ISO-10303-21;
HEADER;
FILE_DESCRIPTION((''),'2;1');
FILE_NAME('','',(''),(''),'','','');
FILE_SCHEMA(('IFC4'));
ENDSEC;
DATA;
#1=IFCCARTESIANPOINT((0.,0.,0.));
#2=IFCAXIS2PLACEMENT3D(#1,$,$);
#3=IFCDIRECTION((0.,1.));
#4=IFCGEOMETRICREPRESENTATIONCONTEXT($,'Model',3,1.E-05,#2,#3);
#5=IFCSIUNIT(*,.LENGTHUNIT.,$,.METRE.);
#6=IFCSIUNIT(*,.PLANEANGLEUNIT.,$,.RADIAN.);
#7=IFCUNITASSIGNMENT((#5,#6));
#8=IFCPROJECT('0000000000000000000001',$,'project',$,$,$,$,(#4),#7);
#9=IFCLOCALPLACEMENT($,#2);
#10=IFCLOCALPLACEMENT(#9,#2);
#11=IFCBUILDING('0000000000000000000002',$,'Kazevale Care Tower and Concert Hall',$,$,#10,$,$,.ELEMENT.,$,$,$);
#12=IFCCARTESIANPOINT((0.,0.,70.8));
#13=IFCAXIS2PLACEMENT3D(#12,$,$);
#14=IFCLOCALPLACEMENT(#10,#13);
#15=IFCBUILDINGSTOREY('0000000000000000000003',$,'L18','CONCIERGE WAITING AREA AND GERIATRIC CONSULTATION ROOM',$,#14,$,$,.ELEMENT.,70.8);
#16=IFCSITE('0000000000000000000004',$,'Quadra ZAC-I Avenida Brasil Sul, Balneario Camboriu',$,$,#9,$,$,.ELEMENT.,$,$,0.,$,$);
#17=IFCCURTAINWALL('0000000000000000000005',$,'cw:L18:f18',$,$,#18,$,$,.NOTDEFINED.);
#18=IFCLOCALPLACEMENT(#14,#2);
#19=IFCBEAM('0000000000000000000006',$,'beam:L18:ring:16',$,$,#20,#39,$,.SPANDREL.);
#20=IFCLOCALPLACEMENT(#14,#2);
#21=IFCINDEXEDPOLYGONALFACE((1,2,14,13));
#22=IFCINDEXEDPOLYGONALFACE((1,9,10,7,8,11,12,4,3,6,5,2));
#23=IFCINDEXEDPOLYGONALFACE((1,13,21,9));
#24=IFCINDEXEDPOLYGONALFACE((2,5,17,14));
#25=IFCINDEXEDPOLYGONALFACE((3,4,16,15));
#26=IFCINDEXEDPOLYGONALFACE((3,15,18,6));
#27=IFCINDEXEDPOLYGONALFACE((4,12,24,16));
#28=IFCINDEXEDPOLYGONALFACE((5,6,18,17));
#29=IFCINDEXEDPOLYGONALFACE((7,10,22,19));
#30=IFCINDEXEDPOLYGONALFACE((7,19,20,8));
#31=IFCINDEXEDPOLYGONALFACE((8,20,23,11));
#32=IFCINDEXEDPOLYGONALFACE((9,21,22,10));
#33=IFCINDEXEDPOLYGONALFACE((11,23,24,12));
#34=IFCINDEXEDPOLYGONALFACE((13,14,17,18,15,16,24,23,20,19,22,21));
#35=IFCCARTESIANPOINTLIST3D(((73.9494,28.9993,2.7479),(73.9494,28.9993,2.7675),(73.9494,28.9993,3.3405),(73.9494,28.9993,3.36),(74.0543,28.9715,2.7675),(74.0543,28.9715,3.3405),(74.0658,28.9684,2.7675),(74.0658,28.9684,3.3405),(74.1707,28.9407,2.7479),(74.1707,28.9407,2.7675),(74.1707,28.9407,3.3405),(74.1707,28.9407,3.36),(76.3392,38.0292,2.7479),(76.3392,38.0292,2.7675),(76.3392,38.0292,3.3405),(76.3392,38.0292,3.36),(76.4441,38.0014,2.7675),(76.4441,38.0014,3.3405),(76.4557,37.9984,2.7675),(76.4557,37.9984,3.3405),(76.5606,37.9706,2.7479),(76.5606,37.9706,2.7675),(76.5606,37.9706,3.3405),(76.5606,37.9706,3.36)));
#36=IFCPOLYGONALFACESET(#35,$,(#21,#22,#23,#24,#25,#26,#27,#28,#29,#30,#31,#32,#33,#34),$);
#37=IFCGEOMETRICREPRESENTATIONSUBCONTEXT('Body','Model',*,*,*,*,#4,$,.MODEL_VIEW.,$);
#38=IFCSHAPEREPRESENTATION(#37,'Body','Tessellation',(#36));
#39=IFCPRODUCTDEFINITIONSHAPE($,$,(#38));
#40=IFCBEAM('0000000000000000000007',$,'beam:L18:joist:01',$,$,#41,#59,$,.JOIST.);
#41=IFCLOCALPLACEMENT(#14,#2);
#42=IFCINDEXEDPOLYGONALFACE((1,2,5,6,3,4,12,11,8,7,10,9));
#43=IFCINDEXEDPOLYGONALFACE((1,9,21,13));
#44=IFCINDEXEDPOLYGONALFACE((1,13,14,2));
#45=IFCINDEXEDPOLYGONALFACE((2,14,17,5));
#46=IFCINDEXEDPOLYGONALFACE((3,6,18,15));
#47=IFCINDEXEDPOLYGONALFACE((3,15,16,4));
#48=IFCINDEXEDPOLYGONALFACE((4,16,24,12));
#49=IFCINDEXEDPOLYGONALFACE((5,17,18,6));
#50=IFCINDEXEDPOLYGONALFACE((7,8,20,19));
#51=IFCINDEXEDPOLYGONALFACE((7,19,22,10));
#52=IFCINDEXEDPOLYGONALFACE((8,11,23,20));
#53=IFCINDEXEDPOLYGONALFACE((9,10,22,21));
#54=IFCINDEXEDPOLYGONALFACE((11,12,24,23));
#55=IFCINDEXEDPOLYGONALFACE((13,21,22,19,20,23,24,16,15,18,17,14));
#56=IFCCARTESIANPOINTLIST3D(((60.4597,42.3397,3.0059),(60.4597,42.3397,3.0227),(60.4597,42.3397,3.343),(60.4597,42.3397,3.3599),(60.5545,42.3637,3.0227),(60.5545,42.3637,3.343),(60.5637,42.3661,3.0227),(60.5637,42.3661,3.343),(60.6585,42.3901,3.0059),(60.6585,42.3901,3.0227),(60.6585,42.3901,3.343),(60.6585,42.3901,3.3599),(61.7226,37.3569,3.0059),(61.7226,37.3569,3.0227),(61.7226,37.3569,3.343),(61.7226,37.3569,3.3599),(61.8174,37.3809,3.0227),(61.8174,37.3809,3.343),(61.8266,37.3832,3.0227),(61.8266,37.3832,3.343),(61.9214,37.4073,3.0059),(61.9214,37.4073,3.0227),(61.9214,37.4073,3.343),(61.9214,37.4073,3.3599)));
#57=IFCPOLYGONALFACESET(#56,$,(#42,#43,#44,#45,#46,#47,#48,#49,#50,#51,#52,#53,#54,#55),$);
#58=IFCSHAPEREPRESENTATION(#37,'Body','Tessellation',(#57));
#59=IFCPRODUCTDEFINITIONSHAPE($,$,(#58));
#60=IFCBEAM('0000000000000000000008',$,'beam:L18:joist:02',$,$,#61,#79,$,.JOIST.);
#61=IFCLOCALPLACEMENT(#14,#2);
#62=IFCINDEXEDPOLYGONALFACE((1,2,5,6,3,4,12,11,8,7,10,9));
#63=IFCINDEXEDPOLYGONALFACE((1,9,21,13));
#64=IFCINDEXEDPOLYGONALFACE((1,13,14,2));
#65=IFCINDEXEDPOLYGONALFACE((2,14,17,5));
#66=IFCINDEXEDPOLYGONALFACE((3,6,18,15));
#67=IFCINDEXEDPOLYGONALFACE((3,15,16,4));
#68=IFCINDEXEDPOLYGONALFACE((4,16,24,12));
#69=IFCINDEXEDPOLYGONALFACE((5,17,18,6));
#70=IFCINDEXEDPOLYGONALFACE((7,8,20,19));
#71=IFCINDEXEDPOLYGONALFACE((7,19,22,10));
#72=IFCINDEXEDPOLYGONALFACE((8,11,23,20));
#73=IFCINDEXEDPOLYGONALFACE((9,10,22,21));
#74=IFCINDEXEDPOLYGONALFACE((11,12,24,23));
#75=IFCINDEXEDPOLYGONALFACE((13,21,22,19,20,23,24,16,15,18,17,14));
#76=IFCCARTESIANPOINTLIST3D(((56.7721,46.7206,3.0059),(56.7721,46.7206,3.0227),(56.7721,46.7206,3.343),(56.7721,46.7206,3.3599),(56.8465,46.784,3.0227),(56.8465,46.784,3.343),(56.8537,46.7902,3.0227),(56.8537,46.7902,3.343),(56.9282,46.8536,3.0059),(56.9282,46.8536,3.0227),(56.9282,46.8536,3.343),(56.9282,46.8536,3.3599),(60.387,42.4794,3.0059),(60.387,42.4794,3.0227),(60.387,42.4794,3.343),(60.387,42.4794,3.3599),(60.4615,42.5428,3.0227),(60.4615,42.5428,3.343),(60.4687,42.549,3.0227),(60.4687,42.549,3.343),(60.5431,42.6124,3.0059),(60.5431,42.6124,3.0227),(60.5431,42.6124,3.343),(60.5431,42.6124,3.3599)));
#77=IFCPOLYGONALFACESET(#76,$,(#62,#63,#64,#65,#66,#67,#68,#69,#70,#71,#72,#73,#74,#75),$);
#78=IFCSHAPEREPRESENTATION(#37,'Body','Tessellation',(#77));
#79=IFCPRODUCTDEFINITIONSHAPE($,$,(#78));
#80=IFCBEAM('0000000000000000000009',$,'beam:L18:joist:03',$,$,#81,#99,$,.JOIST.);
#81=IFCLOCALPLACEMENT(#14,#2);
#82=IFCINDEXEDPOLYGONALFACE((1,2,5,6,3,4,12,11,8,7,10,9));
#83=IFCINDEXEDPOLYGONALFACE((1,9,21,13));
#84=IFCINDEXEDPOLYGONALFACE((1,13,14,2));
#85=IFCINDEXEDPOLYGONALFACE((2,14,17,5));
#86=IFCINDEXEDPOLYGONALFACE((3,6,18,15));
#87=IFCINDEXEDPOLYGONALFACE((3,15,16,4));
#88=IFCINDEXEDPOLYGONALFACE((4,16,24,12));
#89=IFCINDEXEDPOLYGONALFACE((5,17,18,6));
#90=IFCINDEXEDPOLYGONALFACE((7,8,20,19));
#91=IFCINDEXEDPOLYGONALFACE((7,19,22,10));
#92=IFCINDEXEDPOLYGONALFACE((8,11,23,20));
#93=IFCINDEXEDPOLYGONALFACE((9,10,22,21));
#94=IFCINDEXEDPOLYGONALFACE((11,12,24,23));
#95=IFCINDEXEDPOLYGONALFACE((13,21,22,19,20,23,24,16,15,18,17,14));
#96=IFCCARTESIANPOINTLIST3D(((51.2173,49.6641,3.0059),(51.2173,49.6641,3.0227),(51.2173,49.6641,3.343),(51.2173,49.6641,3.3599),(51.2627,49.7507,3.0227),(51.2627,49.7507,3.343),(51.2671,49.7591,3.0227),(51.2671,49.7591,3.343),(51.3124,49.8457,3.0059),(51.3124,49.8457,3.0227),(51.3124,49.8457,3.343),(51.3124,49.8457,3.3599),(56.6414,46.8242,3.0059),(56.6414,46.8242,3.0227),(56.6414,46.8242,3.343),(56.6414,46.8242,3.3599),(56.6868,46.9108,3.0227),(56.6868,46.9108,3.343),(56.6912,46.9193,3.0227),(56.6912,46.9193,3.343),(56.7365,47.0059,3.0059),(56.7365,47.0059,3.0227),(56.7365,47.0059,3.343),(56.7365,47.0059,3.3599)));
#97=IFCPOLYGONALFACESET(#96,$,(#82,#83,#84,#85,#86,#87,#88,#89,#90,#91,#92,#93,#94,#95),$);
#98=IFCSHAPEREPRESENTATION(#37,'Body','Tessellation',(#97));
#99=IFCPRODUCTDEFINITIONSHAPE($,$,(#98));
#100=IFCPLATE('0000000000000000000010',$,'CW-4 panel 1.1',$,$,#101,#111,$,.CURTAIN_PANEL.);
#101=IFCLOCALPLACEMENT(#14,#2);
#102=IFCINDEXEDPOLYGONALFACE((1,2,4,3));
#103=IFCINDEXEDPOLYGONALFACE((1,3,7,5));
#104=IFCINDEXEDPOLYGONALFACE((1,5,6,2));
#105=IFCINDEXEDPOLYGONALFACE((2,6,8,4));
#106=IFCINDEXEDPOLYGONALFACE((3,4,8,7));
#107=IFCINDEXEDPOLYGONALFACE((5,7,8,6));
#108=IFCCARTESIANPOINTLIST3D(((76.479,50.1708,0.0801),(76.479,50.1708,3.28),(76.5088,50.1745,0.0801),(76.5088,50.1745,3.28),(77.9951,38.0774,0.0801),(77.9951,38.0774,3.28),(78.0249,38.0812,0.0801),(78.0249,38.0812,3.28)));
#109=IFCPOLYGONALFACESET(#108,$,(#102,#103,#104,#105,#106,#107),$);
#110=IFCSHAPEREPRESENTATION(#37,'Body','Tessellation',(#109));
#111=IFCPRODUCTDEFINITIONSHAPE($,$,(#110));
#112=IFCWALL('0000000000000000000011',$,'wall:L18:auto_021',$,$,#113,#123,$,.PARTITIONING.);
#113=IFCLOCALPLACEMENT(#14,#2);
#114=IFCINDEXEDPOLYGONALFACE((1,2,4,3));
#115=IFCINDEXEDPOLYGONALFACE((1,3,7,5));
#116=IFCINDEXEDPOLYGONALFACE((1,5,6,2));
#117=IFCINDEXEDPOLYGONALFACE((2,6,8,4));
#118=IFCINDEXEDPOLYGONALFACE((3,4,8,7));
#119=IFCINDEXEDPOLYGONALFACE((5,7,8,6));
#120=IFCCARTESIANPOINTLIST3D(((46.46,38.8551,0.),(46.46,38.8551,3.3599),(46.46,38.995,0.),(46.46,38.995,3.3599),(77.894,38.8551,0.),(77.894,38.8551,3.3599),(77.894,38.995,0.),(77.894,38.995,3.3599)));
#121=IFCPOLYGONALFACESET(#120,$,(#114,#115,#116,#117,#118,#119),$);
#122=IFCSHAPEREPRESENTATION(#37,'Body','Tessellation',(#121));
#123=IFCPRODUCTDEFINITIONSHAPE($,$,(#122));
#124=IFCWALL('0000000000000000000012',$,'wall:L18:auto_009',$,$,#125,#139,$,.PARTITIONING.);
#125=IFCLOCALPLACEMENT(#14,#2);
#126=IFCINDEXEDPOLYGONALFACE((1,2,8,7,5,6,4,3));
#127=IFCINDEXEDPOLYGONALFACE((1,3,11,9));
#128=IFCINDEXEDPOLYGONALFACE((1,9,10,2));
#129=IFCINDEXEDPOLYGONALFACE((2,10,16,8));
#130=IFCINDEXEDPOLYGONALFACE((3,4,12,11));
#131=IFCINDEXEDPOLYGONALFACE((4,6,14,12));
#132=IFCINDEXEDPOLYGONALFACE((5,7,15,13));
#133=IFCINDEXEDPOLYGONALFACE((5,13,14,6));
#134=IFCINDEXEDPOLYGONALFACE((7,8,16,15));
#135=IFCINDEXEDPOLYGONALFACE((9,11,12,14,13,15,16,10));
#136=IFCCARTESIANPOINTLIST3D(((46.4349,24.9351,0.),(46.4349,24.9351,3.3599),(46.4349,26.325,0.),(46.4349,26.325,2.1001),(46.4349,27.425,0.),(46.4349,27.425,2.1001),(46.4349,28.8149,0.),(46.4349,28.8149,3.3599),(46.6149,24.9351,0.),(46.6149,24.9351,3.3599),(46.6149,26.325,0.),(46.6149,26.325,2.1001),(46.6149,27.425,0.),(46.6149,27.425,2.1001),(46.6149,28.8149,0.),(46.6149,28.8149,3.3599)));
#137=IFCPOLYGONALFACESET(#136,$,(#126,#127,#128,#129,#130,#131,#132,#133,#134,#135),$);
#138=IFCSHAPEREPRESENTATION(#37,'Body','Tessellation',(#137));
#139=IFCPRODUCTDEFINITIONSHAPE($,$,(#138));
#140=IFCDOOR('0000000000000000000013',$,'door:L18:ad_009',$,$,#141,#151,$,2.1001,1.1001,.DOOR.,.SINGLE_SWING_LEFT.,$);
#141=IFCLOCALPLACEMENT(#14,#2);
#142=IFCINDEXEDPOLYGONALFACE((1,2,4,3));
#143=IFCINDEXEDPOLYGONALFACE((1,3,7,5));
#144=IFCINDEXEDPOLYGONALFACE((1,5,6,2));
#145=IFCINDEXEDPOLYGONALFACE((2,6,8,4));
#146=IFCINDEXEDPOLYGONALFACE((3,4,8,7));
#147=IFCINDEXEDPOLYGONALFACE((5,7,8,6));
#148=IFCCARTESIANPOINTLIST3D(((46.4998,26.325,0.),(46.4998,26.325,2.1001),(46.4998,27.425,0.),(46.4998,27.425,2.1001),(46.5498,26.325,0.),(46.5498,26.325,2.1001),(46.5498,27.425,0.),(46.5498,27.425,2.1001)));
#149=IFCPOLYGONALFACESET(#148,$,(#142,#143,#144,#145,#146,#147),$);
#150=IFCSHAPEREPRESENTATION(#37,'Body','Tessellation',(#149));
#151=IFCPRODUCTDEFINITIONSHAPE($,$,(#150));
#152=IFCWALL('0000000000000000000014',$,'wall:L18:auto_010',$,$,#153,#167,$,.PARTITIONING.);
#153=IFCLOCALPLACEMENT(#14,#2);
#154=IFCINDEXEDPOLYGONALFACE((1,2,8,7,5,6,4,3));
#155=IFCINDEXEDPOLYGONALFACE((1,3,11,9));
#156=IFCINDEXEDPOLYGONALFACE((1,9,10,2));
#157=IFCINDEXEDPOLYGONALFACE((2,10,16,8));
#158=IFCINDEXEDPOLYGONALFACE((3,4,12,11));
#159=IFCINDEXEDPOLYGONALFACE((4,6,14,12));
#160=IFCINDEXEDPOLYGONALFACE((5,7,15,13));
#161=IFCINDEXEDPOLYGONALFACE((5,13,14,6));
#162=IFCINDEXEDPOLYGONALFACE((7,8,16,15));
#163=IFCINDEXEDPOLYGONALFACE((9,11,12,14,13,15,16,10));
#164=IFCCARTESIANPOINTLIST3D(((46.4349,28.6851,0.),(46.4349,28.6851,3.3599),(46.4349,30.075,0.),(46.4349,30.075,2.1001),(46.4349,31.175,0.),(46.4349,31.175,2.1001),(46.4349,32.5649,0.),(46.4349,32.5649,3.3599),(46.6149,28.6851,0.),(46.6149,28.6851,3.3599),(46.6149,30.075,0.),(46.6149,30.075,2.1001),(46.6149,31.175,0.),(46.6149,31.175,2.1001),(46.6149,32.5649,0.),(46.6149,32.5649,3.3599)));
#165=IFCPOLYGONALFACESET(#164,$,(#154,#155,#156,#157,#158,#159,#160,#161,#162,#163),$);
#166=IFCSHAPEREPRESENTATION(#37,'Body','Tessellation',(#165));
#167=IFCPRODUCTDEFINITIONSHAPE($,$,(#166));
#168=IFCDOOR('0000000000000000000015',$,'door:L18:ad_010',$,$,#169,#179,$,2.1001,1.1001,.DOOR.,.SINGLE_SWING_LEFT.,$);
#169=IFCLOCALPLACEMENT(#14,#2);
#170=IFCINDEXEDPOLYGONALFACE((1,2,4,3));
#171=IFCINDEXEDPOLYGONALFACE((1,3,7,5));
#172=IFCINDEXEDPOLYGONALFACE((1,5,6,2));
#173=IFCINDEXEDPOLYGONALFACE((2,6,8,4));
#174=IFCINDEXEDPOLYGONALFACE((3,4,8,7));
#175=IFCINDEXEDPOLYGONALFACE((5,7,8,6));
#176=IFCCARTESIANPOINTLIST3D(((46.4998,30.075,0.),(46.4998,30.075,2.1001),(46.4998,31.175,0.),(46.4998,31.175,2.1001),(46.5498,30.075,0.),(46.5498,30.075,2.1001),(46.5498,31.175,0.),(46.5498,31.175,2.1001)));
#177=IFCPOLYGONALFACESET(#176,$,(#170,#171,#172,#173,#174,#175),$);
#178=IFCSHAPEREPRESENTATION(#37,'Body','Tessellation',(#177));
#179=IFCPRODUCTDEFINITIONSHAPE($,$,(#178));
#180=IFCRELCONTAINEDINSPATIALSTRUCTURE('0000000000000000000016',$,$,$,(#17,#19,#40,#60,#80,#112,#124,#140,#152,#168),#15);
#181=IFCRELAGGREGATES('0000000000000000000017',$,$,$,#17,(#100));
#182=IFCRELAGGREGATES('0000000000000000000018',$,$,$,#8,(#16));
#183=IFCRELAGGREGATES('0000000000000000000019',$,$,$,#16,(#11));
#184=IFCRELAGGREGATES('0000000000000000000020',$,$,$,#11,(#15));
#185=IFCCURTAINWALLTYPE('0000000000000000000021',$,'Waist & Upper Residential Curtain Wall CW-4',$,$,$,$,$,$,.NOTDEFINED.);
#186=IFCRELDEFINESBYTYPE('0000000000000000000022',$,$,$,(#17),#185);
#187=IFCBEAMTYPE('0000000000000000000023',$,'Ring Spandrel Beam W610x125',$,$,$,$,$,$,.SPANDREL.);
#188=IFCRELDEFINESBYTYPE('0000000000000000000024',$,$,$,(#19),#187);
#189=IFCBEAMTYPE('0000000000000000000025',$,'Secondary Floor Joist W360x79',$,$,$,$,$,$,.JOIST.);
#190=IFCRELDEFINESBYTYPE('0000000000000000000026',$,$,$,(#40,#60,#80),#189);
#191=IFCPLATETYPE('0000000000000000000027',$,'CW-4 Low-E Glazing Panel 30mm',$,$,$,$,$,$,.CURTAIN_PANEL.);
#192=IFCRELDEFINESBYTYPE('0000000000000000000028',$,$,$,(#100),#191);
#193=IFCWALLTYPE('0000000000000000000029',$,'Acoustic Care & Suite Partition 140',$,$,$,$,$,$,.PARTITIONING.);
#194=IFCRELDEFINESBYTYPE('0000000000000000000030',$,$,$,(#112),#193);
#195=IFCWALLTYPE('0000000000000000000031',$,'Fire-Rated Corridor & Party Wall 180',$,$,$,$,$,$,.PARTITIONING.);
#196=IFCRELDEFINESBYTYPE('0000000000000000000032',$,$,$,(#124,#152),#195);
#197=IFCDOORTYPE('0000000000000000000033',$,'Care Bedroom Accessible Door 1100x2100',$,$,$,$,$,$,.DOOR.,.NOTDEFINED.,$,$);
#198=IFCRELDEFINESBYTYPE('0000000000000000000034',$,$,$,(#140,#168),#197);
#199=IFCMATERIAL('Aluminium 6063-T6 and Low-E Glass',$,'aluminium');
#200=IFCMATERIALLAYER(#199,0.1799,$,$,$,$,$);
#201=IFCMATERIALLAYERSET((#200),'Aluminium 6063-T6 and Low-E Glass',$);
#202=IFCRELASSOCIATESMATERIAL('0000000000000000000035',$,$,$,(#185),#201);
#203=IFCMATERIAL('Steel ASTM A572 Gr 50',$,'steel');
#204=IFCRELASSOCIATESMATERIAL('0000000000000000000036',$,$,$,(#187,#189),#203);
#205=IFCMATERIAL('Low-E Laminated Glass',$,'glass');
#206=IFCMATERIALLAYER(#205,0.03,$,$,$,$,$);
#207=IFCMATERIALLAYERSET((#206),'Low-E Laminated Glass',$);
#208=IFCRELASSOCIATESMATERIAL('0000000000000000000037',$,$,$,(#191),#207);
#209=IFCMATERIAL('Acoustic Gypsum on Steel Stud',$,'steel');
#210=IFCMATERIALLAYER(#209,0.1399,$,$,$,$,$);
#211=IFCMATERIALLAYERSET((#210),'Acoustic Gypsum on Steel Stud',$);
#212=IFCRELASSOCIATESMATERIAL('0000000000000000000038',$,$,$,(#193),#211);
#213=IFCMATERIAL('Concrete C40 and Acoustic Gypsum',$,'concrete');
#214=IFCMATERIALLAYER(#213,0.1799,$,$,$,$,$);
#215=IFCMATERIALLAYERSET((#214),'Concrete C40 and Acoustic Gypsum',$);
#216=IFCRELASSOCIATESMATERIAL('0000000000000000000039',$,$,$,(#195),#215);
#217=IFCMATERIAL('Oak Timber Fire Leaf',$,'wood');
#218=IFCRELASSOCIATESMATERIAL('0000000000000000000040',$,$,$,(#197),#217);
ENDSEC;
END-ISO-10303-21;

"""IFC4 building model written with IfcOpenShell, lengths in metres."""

from ifc_helpers import new_model, si_unit, direction, frame, frame_2d, origin, origin_2d, place, context, subcontext, project, spatial, rectangle, i_section, extrude, material, layer, layer_set, material_profile, profile_set, type_object, element, fill, aggregate, save


model = new_model("IFC4")

# Units and contexts
model_context = context("Model", 3, precision=1e-05, world=origin(), true_north=direction((0.0, 1.0)))
body_context = subcontext(model_context, "Body", "Model", "MODEL_VIEW")
ifc_project = project(units=[si_unit("LENGTHUNIT", "METRE"), si_unit("PLANEANGLEUNIT", "RADIAN")], contexts=[model_context])

# Site, building, storey
site_placement = place(None, origin())
site = spatial("IfcSite", under=ifc_project, at=site_placement, Name="Quadra ZAC-I Avenida Brasil Sul, Balneario Camboriu", CompositionType="ELEMENT", RefElevation=0.0)
building_placement = place(site_placement, origin())
building = spatial("IfcBuilding", under=site, at=building_placement, Name="Kazevale Care Tower and Concert Hall", CompositionType="ELEMENT")
storey_placement = place(building_placement, frame((0.0, 0.0, 70.8)))
storey = spatial("IfcBuildingStorey", under=building, at=storey_placement, Name="L18", Description="CONCIERGE WAITING AREA AND GERIATRIC CONSULTATION ROOM", CompositionType="ELEMENT", Elevation=70.8)

# Curtain wall
ifc_material_1 = material(Name="Aluminium 6063-T6 and Low-E Glass", Category="aluminium")
ifc_layer_1 = layer(ifc_material_1, 0.1799)
ifc_layer_set_1 = layer_set([ifc_layer_1], Name="Aluminium 6063-T6 and Low-E Glass")
curtain_wall_type = type_object("IfcCurtainWallType", Name="Waist & Upper Residential Curtain Wall CW-4", PredefinedType="NOTDEFINED", material=ifc_layer_set_1)
curtain_wall_placement = place(storey_placement, origin())
curtain_wall = element("IfcCurtainWall", 1, at=curtain_wall_placement, inside=storey, type_object=curtain_wall_type, Name="cw:L18:f18", PredefinedType="NOTDEFINED")

# Beams
ifc_material_2 = material(Name="Steel ASTM A572 Gr 50", Category="steel")
ifc_material_profile_1 = material_profile(ifc_material_2, i_section(OverallWidth=0.229, OverallDepth=0.6121, WebThickness=0.012, FlangeThickness=0.0195, at=origin_2d()), Name="W610x125")
ifc_profile_set_1 = profile_set([ifc_material_profile_1], Name="Steel ASTM A572 Gr 50")
beam_type_1 = type_object("IfcBeamType", Name="Ring Spandrel Beam W610x125", PredefinedType="SPANDREL", material=ifc_profile_set_1)
beam_1_placement = place(storey_placement, frame((74.0601, 28.97, 3.054), z_axis=(0.255852, 0.966716, 0.0), x_axis=(-0.966716, 0.255852, 0.0)))
element("IfcBeam", 2, at=beam_1_placement, inside=storey, type_object=beam_type_1, Name="beam:L18:ring:16", PredefinedType="SPANDREL", context=body_context, shape_type="SweptSolid", body=[
    extrude(i_section(OverallWidth=0.229, OverallDepth=0.6121, WebThickness=0.012, FlangeThickness=0.0195, at=origin_2d()), origin(), (0.0, 0.0, 1.0), 9.3408),
])
ifc_material_profile_2 = material_profile(ifc_material_2, i_section(OverallWidth=0.2051, OverallDepth=0.354, WebThickness=0.0095, FlangeThickness=0.0168, at=origin_2d()), Name="W360x79")
ifc_profile_set_2 = profile_set([ifc_material_profile_2], Name="Steel ASTM A572 Gr 50")
beam_type_2 = type_object("IfcBeamType", Name="Secondary Floor Joist W360x79", PredefinedType="JOIST", material=ifc_profile_set_2)
beam_2_placement = place(storey_placement, frame((61.822, 37.3821, 3.1829), z_axis=(-0.245686, 0.96935, 0.0), x_axis=(-0.96935, -0.245686, 0.0)))
element("IfcBeam", 3, at=beam_2_placement, inside=storey, type_object=beam_type_2, Name="beam:L18:joist:01", PredefinedType="JOIST", context=body_context, shape_type="SweptSolid", body=[
    extrude(i_section(OverallWidth=0.2051, OverallDepth=0.354, WebThickness=0.0095, FlangeThickness=0.0168, at=origin_2d()), origin(), (0.0, 0.0, 1.0), 5.1404),
])
beam_3_placement = place(storey_placement, frame((60.4651, 42.5459, 3.1829), z_axis=(-0.648686, 0.761057, 0.0), x_axis=(-0.761057, -0.648686, 0.0)))
element("IfcBeam", 4, at=beam_3_placement, inside=storey, type_object=beam_type_2, Name="beam:L18:joist:02", PredefinedType="JOIST", context=body_context, shape_type="SweptSolid", body=[
    extrude(i_section(OverallWidth=0.2051, OverallDepth=0.354, WebThickness=0.0095, FlangeThickness=0.0168, at=origin_2d()), origin(), (0.0, 0.0, 1.0), 5.5728),
])
beam_4_placement = place(storey_placement, frame((56.689, 46.915, 3.1829), z_axis=(-0.885921, 0.463836, 0.0), x_axis=(-0.463836, -0.885921, 0.0)))
element("IfcBeam", 5, at=beam_4_placement, inside=storey, type_object=beam_type_2, Name="beam:L18:joist:03", PredefinedType="JOIST", context=body_context, shape_type="SweptSolid", body=[
    extrude(i_section(OverallWidth=0.2051, OverallDepth=0.354, WebThickness=0.0095, FlangeThickness=0.0168, at=origin_2d()), origin(), (0.0, 0.0, 1.0), 6.1226),
])

# Plate
ifc_material_3 = material(Name="Low-E Laminated Glass", Category="glass")
ifc_layer_2 = layer(ifc_material_3, 0.03)
ifc_layer_set_2 = layer_set([ifc_layer_2], Name="Low-E Laminated Glass")
plate_type = type_object("IfcPlateType", Name="CW-4 Low-E Glazing Panel 30mm", PredefinedType="CURTAIN_PANEL", material=ifc_layer_set_2)
plate_placement = place(storey_placement, frame((77.252, 44.126, 0.0801), z_axis=(0.0, 0.0, 1.0), x_axis=(0.124394, -0.992233, 0.0)))
plate = element("IfcPlate", 6, at=plate_placement, type_object=plate_type, Name="CW-4 panel 1.1", PredefinedType="CURTAIN_PANEL", context=body_context, shape_type="SweptSolid", body=[
    extrude(rectangle(XDim=12.188, YDim=0.03, at=origin_2d()), origin(), (0.0, 0.0, 1.0), 3.2),
])
aggregate(curtain_wall, [plate])

# Wall
ifc_material_4 = material(Name="Acoustic Gypsum on Steel Stud", Category="steel")
ifc_layer_3 = layer(ifc_material_4, 0.1399)
ifc_layer_set_3 = layer_set([ifc_layer_3], Name="Acoustic Gypsum on Steel Stud")
wall_type_1 = type_object("IfcWallType", Name="Acoustic Care & Suite Partition 140", PredefinedType="PARTITIONING", material=ifc_layer_set_3)
wall_1_placement = place(storey_placement, frame((77.894, 38.925, 0.0), z_axis=(0.0, 0.0, 1.0), x_axis=(-1.0, 0.0, 0.0)))
element("IfcWall", 7, at=wall_1_placement, inside=storey, type_object=wall_type_1, Name="wall:L18:auto_021", PredefinedType="PARTITIONING", context=body_context, shape_type="SweptSolid", body=[
    extrude(rectangle(XDim=31.4341, YDim=0.1399, at=frame_2d((15.717, 0.0))), origin(), (0.0, 0.0, 1.0), 3.3599),
])

# Walls, openings, doors
ifc_material_5 = material(Name="Concrete C40 and Acoustic Gypsum", Category="concrete")
ifc_layer_4 = layer(ifc_material_5, 0.1799)
ifc_layer_set_4 = layer_set([ifc_layer_4], Name="Concrete C40 and Acoustic Gypsum")
wall_type_2 = type_object("IfcWallType", Name="Fire-Rated Corridor & Party Wall 180", PredefinedType="PARTITIONING", material=ifc_layer_set_4)
wall_2_placement = place(storey_placement, frame((46.5249, 28.8149, 0.0), z_axis=(0.0, 0.0, 1.0), x_axis=(0.0, -1.0, 0.0)))
wall_2 = element("IfcWall", 8, at=wall_2_placement, inside=storey, type_object=wall_type_2, Name="wall:L18:auto_009", PredefinedType="PARTITIONING", context=body_context, shape_type="SweptSolid", body=[
    extrude(rectangle(XDim=3.8799, YDim=0.1799, at=frame_2d((1.9399, 0.0))), origin(), (0.0, 0.0, 1.0), 3.3599),
])
opening_1_placement = place(wall_2_placement, frame((1.3899, 0.0, 0.0)))
opening_1 = element("IfcOpeningElement", 9, at=opening_1_placement, cuts=wall_2, PredefinedType="OPENING", context=body_context, shape_type="SweptSolid", body=[
    extrude(rectangle(XDim=1.1001, YDim=2.1001, at=frame_2d((0.55, 1.05))), frame((0.0, 0.0999, 0.0), z_axis=(0.0, -1.0, 0.0), x_axis=(1.0, 0.0, 0.0)), (0.0, 0.0, 1.0), 0.2),
])
ifc_material_6 = material(Name="Oak Timber Fire Leaf", Category="wood")
door_type = type_object("IfcDoorType", Name="Care Bedroom Accessible Door 1100x2100", OperationType="NOTDEFINED", PredefinedType="DOOR", material=ifc_material_6)
door_1_placement = place(opening_1_placement, origin())
door_1 = element("IfcDoor", 10, at=door_1_placement, inside=storey, type_object=door_type, Name="door:L18:ad_009", OperationType="SINGLE_SWING_LEFT", OverallHeight=2.1001, OverallWidth=1.1001, PredefinedType="DOOR", context=body_context, shape_type="SweptSolid", body=[
    extrude(rectangle(XDim=1.1001, YDim=2.1001, at=frame_2d((0.55, 1.05))), frame((0.0, 0.0249, 0.0), z_axis=(0.0, -1.0, 0.0), x_axis=(1.0, 0.0, 0.0)), (0.0, 0.0, 1.0), 0.05),
])
fill(opening_1, door_1)
wall_3_placement = place(storey_placement, frame((46.5249, 32.5649, 0.0), z_axis=(0.0, 0.0, 1.0), x_axis=(0.0, -1.0, 0.0)))
wall_3 = element("IfcWall", 11, at=wall_3_placement, inside=storey, type_object=wall_type_2, Name="wall:L18:auto_010", PredefinedType="PARTITIONING", context=body_context, shape_type="SweptSolid", body=[
    extrude(rectangle(XDim=3.8799, YDim=0.1799, at=frame_2d((1.9399, 0.0))), origin(), (0.0, 0.0, 1.0), 3.3599),
])
opening_2_placement = place(wall_3_placement, frame((1.3899, 0.0, 0.0)))
opening_2 = element("IfcOpeningElement", 12, at=opening_2_placement, cuts=wall_3, PredefinedType="OPENING", context=body_context, shape_type="SweptSolid", body=[
    extrude(rectangle(XDim=1.1001, YDim=2.1001, at=frame_2d((0.55, 1.05))), frame((0.0, 0.0999, 0.0), z_axis=(0.0, -1.0, 0.0), x_axis=(1.0, 0.0, 0.0)), (0.0, 0.0, 1.0), 0.2),
])
door_2_placement = place(opening_2_placement, origin())
door_2 = element("IfcDoor", 13, at=door_2_placement, inside=storey, type_object=door_type, Name="door:L18:ad_010", OperationType="SINGLE_SWING_LEFT", OverallHeight=2.1001, OverallWidth=1.1001, PredefinedType="DOOR", context=body_context, shape_type="SweptSolid", body=[
    extrude(rectangle(XDim=1.1001, YDim=2.1001, at=frame_2d((0.55, 1.05))), frame((0.0, 0.0249, 0.0), z_axis=(0.0, -1.0, 0.0), x_axis=(1.0, 0.0, 0.0)), (0.0, 0.0, 1.0), 0.05),
])
fill(opening_2, door_2)

save(model, "model.ifc")
